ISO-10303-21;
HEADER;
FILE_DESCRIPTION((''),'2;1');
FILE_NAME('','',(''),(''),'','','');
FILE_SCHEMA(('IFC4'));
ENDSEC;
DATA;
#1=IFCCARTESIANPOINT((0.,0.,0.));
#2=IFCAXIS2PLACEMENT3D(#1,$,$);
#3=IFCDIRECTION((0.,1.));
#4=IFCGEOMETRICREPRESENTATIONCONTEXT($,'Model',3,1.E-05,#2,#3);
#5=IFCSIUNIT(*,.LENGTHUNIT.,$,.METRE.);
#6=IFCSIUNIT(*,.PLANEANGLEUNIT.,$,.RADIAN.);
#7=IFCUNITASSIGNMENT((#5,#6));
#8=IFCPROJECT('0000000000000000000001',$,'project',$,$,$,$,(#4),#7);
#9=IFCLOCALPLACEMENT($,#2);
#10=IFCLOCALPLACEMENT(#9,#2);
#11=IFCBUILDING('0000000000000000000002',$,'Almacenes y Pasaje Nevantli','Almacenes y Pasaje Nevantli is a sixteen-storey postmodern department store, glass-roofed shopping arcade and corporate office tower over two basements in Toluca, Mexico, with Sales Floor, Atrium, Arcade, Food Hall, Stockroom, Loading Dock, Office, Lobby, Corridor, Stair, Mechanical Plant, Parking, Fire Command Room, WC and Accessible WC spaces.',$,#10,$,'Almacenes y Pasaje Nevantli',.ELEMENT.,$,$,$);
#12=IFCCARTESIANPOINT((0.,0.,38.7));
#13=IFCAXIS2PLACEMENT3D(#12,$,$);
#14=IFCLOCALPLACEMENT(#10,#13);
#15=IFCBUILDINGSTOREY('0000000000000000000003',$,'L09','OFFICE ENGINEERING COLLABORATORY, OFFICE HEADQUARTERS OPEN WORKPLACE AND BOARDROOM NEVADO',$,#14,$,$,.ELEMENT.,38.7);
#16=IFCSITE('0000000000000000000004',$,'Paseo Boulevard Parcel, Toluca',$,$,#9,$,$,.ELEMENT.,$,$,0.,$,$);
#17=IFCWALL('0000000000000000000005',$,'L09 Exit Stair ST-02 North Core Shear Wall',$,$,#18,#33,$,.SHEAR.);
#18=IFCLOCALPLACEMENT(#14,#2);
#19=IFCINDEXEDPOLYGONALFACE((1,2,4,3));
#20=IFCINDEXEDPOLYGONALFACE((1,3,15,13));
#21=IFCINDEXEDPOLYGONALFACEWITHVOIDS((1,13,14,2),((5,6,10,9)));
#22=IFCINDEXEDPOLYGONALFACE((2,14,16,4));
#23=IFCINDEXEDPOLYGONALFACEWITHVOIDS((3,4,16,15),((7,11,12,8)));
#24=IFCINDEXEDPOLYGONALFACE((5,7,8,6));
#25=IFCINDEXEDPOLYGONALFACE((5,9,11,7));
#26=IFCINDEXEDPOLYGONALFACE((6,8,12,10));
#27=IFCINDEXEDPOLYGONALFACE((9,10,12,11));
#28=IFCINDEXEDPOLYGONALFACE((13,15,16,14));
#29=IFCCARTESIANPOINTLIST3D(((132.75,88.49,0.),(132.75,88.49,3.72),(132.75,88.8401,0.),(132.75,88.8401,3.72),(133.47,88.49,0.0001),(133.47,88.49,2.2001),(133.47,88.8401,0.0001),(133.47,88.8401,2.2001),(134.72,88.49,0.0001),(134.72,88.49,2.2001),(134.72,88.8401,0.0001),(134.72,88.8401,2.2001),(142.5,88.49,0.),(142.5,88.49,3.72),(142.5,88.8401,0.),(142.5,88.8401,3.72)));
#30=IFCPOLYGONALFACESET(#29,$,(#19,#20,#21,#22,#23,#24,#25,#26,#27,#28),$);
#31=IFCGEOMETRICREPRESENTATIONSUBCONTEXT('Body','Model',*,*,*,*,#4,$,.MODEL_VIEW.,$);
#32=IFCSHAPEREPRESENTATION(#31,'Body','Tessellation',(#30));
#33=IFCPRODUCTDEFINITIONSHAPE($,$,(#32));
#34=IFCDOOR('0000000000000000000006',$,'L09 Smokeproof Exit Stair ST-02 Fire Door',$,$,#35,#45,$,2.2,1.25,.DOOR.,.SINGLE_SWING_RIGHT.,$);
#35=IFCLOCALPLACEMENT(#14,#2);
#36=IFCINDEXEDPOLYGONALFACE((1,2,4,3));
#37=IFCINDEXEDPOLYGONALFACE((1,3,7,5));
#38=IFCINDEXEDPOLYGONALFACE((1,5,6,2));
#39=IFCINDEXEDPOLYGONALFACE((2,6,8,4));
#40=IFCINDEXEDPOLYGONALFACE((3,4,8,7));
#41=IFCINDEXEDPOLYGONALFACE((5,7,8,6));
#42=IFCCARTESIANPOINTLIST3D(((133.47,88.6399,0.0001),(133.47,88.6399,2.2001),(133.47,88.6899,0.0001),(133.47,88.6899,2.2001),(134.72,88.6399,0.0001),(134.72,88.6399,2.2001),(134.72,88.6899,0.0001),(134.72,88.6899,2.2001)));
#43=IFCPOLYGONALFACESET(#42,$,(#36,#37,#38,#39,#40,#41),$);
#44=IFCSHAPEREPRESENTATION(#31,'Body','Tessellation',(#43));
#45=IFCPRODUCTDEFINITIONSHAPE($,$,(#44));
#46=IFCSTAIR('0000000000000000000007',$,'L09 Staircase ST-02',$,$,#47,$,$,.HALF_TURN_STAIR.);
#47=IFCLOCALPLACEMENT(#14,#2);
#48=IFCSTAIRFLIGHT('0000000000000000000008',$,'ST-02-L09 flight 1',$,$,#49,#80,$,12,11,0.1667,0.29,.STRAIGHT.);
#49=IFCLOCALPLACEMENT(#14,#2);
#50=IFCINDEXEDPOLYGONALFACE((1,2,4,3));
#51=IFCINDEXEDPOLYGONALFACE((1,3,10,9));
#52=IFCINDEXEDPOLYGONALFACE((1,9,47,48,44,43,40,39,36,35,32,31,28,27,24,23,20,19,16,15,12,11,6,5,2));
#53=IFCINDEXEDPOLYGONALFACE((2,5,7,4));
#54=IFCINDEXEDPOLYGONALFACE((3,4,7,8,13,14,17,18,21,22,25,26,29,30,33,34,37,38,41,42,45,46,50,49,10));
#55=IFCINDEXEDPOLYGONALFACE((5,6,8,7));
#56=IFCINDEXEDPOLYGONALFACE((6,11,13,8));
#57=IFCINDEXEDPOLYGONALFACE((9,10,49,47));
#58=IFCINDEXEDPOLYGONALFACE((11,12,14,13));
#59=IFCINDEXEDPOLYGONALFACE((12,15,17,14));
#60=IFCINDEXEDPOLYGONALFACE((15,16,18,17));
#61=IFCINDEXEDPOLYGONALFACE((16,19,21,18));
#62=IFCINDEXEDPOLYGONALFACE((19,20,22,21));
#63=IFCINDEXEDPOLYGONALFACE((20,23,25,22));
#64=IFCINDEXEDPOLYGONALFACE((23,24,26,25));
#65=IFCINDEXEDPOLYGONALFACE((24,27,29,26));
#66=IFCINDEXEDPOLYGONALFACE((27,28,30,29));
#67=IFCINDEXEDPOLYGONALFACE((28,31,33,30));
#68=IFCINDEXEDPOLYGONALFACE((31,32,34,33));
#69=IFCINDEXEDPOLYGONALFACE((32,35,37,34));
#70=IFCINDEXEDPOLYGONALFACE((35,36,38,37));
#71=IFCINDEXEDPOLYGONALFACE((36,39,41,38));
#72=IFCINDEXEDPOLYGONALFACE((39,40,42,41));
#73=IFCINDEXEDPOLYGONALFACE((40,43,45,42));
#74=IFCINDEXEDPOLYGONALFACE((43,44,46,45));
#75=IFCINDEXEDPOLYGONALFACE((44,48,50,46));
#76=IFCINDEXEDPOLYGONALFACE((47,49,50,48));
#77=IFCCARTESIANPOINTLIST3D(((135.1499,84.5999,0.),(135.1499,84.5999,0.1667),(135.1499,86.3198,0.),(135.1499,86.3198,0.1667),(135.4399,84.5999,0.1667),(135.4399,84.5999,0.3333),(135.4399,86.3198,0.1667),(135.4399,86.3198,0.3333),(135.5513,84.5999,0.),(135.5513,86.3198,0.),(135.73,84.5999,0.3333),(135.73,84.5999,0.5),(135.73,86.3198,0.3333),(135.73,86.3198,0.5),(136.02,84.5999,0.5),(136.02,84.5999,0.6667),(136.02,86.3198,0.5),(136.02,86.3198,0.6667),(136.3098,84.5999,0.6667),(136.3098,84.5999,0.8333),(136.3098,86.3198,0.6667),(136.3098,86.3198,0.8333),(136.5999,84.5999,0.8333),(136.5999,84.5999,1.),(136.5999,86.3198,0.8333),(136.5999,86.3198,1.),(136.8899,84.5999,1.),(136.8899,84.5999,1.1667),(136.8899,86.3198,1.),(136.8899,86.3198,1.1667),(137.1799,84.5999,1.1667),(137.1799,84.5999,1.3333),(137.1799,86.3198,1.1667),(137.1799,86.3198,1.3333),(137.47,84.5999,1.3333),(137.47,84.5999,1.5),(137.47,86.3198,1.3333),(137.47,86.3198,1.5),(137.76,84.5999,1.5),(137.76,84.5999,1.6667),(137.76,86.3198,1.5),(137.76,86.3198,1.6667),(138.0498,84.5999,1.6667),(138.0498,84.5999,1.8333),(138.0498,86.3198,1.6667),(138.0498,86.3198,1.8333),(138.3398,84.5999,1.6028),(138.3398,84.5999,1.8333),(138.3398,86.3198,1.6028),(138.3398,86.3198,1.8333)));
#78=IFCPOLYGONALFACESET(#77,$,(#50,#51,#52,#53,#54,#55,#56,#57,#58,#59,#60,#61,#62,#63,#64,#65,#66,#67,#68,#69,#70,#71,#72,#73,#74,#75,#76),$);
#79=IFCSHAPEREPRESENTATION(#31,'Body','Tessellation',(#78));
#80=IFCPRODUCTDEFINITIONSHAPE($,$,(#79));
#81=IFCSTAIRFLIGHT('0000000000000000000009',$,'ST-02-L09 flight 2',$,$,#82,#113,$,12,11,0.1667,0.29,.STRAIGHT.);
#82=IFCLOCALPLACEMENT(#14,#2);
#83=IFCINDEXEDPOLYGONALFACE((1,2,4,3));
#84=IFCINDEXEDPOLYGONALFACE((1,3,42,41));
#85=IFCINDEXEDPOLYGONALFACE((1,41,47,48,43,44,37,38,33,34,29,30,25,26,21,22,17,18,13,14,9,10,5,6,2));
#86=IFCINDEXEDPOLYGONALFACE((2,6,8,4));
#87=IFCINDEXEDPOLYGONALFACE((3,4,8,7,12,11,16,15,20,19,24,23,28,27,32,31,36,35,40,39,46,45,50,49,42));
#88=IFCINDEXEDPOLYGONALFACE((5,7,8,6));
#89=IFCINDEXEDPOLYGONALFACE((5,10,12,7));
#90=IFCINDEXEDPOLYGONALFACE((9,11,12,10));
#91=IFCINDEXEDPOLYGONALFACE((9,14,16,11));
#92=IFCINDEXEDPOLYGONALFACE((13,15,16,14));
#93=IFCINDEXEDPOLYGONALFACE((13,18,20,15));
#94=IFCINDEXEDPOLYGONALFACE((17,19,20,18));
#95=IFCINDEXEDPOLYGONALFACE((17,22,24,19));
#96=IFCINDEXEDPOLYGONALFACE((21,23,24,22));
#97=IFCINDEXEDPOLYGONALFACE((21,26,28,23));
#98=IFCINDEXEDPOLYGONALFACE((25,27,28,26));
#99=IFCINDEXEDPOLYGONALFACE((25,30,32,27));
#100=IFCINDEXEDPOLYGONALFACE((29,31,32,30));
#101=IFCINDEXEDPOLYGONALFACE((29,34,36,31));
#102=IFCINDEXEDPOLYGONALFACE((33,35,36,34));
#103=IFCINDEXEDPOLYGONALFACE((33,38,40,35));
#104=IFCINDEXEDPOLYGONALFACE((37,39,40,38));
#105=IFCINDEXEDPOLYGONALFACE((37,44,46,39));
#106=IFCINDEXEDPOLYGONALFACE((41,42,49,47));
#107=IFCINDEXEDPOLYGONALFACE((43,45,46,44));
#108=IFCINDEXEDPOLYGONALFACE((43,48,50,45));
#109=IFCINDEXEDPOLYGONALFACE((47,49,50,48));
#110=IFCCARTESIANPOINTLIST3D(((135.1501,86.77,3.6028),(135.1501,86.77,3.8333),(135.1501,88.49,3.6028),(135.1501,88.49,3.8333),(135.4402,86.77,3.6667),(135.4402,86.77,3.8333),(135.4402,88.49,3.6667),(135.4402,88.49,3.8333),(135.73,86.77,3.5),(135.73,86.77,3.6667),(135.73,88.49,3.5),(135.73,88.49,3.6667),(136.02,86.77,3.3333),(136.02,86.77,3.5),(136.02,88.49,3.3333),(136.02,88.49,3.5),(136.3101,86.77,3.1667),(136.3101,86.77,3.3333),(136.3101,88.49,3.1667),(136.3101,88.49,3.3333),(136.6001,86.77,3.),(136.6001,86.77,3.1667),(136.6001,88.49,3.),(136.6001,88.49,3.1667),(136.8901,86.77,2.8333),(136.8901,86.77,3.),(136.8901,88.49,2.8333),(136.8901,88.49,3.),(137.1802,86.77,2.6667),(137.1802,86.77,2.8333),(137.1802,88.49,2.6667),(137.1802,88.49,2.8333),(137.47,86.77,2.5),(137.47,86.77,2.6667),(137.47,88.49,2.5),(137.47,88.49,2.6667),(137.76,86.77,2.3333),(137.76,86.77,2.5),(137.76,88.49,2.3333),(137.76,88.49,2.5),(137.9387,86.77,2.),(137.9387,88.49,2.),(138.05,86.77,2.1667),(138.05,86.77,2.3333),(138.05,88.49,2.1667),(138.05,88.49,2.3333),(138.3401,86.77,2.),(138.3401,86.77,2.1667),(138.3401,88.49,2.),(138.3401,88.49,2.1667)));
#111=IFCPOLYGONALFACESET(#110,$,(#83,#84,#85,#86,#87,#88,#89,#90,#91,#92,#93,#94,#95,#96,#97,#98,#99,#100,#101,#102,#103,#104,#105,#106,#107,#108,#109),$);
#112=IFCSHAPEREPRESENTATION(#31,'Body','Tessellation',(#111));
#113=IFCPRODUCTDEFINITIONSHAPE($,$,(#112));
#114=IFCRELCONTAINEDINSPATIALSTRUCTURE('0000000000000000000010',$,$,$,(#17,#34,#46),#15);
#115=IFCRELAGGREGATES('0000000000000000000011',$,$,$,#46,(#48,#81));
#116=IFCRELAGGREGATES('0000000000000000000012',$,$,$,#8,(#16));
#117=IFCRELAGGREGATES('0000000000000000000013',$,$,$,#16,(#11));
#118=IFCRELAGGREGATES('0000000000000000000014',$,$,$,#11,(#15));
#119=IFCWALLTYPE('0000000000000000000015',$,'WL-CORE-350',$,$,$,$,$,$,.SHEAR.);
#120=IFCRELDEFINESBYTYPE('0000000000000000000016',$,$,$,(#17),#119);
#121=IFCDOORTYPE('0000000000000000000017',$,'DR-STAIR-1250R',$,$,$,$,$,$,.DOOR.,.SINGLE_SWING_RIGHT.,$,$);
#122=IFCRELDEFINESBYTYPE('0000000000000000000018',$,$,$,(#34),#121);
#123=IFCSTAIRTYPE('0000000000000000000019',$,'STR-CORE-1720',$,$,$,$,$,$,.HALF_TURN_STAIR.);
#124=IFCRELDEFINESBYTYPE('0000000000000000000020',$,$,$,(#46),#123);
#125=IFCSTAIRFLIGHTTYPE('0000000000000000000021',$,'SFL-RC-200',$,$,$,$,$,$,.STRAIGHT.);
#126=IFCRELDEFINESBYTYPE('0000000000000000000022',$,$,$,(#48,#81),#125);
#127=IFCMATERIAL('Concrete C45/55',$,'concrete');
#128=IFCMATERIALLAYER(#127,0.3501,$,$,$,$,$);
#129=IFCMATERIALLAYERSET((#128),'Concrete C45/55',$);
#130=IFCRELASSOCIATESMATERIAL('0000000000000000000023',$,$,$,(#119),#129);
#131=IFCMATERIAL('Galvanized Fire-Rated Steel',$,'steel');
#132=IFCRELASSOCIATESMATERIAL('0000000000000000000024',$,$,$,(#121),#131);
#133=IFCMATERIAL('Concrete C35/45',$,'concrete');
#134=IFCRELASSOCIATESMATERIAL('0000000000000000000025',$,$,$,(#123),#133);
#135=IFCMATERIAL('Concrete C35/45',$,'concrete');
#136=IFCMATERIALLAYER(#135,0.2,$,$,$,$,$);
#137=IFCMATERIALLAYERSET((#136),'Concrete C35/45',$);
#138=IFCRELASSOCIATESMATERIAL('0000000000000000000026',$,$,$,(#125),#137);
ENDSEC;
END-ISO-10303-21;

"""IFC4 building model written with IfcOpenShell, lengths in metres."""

from ifc_helpers import new_model, si_unit, direction, frame, frame_2d, origin, place, context, subcontext, project, spatial, polyline, rectangle, outline, extrude, material, layer, layer_set, type_object, element, fill, aggregate, save


model = new_model("IFC4")

# Units and contexts
model_context = context("Model", 3, precision=1e-05, world=origin(), true_north=direction((0.0, 1.0)))
body_context = subcontext(model_context, "Body", "Model", "MODEL_VIEW")
ifc_project = project(units=[si_unit("LENGTHUNIT", "METRE"), si_unit("PLANEANGLEUNIT", "RADIAN")], contexts=[model_context])

# Site, building, storey
site_placement = place(None, origin())
site = spatial("IfcSite", under=ifc_project, at=site_placement, Name="Paseo Boulevard Parcel, Toluca", CompositionType="ELEMENT", RefElevation=0.0)
building_placement = place(site_placement, origin())
building = spatial("IfcBuilding", under=site, at=building_placement, Name="Almacenes y Pasaje Nevantli", Description="Almacenes y Pasaje Nevantli is a sixteen-storey postmodern department store, glass-roofed shopping arcade and corporate office tower over two basements in Toluca, Mexico, with Sales Floor, Atrium, Arcade, Food Hall, Stockroom, Loading Dock, Office, Lobby, Corridor, Stair, Mechanical Plant, Parking, Fire Command Room, WC and Accessible WC spaces.", LongName="Almacenes y Pasaje Nevantli", CompositionType="ELEMENT")
storey_placement = place(building_placement, frame((0.0, 0.0, 38.7)))
storey = spatial("IfcBuildingStorey", under=building, at=storey_placement, Name="L09", Description="OFFICE ENGINEERING COLLABORATORY, OFFICE HEADQUARTERS OPEN WORKPLACE AND BOARDROOM NEVADO", CompositionType="ELEMENT", Elevation=38.7)

# Wall, opening, door
ifc_material_1 = material(Name="Concrete C45/55", Category="concrete")
ifc_layer_1 = layer(ifc_material_1, 0.3501)
ifc_layer_set_1 = layer_set([ifc_layer_1], Name="Concrete C45/55")
wall_type = type_object("IfcWallType", Name="WL-CORE-350", PredefinedType="SHEAR", material=ifc_layer_set_1)
wall_placement = place(storey_placement, frame((132.75, 88.665, 0.0), z_axis=(0.0, 0.0, 1.0), x_axis=(1.0, 0.0, 0.0)))
wall = element("IfcWall", 1, at=wall_placement, inside=storey, type_object=wall_type, Name="L09 Exit Stair ST-02 North Core Shear Wall", PredefinedType="SHEAR", context=body_context, shape_type="SweptSolid", body=[
    extrude(rectangle(XDim=9.75, YDim=0.3501, at=frame_2d((4.875, 0.0))), origin(), (0.0, 0.0, 1.0), 3.72),
])
opening_placement = place(wall_placement, frame((0.72, 0.0, 0.0)))
opening = element("IfcOpeningElement", 2, at=opening_placement, cuts=wall, PredefinedType="OPENING", context=body_context, shape_type="SweptSolid", body=[
    extrude(rectangle(XDim=1.25, YDim=2.2, at=frame_2d((0.625, 1.1001))), frame((0.0, 0.1851, 0.0), z_axis=(0.0, -1.0, 0.0), x_axis=(1.0, 0.0, 0.0)), (0.0, 0.0, 1.0), 0.3701),
])
ifc_material_2 = material(Name="Galvanized Fire-Rated Steel", Category="steel")
door_type = type_object("IfcDoorType", Name="DR-STAIR-1250R", OperationType="SINGLE_SWING_RIGHT", PredefinedType="DOOR", material=ifc_material_2)
door_placement = place(opening_placement, origin())
door = element("IfcDoor", 3, at=door_placement, inside=storey, type_object=door_type, Name="L09 Smokeproof Exit Stair ST-02 Fire Door", OperationType="SINGLE_SWING_RIGHT", OverallHeight=2.2, OverallWidth=1.25, PredefinedType="DOOR", context=body_context, shape_type="SweptSolid", body=[
    extrude(rectangle(XDim=1.25, YDim=2.2, at=frame_2d((0.625, 1.1001))), frame((0.0, 0.0249, 0.0), z_axis=(0.0, -1.0, 0.0), x_axis=(1.0, 0.0, 0.0)), (0.0, 0.0, 1.0), 0.05),
])
fill(opening, door)

# Stair, stair flights
ifc_material_3 = material(Name="Concrete C35/45", Category="concrete")
stair_type = type_object("IfcStairType", Name="STR-CORE-1720", PredefinedType="HALF_TURN_STAIR", material=ifc_material_3)
stair_placement = place(storey_placement, origin())
stair = element("IfcStair", 4, at=stair_placement, inside=storey, type_object=stair_type, Name="L09 Staircase ST-02", PredefinedType="HALF_TURN_STAIR")
ifc_material_4 = material(Name="Concrete C35/45", Category="concrete")
ifc_layer_2 = layer(ifc_material_4, 0.2)
ifc_layer_set_2 = layer_set([ifc_layer_2], Name="Concrete C35/45")
stair_flight_type = type_object("IfcStairFlightType", Name="SFL-RC-200", PredefinedType="STRAIGHT", material=ifc_layer_set_2)
stair_flight_1_placement = place(storey_placement, frame((135.1499, 85.46, 0.0), z_axis=(0.0, 0.0, 1.0), x_axis=(1.0, 0.0, 0.0)))
stair_flight_1 = element("IfcStairFlight", 5, at=stair_flight_1_placement, type_object=stair_flight_type, Name="ST-02-L09 flight 1", NumberOfRisers=12, NumberOfTreads=11, PredefinedType="STRAIGHT", RiserHeight=0.1667, TreadLength=0.29, context=body_context, shape_type="SweptSolid", body=[
    extrude(outline(polyline([(0.0, 0.0), (0.0, 0.1667), (0.29, 0.1667), (0.29, 0.3333), (0.5801, 0.3333), (0.5801, 0.5), (0.8701, 0.5), (0.8701, 0.6667), (1.1599, 0.6667), (1.1599, 0.8333), (1.45, 0.8333), (1.45, 1.0), (1.74, 1.0), (1.74, 1.1667), (2.03, 1.1667), (2.03, 1.3333), (2.3201, 1.3333), (2.3201, 1.5), (2.6101, 1.5), (2.6101, 1.6667), (2.8999, 1.6667), (2.8999, 1.8333), (3.1899, 1.8333), (3.1899, 2.0), (3.1899, 1.6028), (0.4014, 0.0), (0.0, 0.0)])), frame((0.0, 0.8599, 0.0), z_axis=(0.0, -1.0, 0.0), x_axis=(1.0, 0.0, 0.0)), (0.0, 0.0, 1.0), 1.72),
])
stair_flight_2_placement = place(storey_placement, frame((138.3401, 87.6299, 2.0), z_axis=(0.0, 0.0, 1.0), x_axis=(-1.0, 0.0, 0.0)))
stair_flight_2 = element("IfcStairFlight", 6, at=stair_flight_2_placement, type_object=stair_flight_type, Name="ST-02-L09 flight 2", NumberOfRisers=12, NumberOfTreads=11, PredefinedType="STRAIGHT", RiserHeight=0.1667, TreadLength=0.29, context=body_context, shape_type="SweptSolid", body=[
    extrude(outline(polyline([(0.0, 0.0), (0.0, 0.1667), (0.29, 0.1667), (0.29, 0.3333), (0.5801, 0.3333), (0.5801, 0.5), (0.8701, 0.5), (0.8701, 0.6667), (1.1599, 0.6667), (1.1599, 0.8333), (1.45, 0.8333), (1.45, 1.0), (1.74, 1.0), (1.74, 1.1667), (2.03, 1.1667), (2.03, 1.3333), (2.3201, 1.3333), (2.3201, 1.5), (2.6101, 1.5), (2.6101, 1.6667), (2.8999, 1.6667), (2.8999, 1.8333), (3.1899, 1.8333), (3.1899, 2.0), (3.1899, 1.6028), (0.4014, 0.0), (0.0, 0.0)])), frame((0.0, 0.8599, 0.0), z_axis=(0.0, -1.0, 0.0), x_axis=(1.0, 0.0, 0.0)), (0.0, 0.0, 1.0), 1.72),
])
aggregate(stair, [stair_flight_1, stair_flight_2])

save(model, "model.ifc")
